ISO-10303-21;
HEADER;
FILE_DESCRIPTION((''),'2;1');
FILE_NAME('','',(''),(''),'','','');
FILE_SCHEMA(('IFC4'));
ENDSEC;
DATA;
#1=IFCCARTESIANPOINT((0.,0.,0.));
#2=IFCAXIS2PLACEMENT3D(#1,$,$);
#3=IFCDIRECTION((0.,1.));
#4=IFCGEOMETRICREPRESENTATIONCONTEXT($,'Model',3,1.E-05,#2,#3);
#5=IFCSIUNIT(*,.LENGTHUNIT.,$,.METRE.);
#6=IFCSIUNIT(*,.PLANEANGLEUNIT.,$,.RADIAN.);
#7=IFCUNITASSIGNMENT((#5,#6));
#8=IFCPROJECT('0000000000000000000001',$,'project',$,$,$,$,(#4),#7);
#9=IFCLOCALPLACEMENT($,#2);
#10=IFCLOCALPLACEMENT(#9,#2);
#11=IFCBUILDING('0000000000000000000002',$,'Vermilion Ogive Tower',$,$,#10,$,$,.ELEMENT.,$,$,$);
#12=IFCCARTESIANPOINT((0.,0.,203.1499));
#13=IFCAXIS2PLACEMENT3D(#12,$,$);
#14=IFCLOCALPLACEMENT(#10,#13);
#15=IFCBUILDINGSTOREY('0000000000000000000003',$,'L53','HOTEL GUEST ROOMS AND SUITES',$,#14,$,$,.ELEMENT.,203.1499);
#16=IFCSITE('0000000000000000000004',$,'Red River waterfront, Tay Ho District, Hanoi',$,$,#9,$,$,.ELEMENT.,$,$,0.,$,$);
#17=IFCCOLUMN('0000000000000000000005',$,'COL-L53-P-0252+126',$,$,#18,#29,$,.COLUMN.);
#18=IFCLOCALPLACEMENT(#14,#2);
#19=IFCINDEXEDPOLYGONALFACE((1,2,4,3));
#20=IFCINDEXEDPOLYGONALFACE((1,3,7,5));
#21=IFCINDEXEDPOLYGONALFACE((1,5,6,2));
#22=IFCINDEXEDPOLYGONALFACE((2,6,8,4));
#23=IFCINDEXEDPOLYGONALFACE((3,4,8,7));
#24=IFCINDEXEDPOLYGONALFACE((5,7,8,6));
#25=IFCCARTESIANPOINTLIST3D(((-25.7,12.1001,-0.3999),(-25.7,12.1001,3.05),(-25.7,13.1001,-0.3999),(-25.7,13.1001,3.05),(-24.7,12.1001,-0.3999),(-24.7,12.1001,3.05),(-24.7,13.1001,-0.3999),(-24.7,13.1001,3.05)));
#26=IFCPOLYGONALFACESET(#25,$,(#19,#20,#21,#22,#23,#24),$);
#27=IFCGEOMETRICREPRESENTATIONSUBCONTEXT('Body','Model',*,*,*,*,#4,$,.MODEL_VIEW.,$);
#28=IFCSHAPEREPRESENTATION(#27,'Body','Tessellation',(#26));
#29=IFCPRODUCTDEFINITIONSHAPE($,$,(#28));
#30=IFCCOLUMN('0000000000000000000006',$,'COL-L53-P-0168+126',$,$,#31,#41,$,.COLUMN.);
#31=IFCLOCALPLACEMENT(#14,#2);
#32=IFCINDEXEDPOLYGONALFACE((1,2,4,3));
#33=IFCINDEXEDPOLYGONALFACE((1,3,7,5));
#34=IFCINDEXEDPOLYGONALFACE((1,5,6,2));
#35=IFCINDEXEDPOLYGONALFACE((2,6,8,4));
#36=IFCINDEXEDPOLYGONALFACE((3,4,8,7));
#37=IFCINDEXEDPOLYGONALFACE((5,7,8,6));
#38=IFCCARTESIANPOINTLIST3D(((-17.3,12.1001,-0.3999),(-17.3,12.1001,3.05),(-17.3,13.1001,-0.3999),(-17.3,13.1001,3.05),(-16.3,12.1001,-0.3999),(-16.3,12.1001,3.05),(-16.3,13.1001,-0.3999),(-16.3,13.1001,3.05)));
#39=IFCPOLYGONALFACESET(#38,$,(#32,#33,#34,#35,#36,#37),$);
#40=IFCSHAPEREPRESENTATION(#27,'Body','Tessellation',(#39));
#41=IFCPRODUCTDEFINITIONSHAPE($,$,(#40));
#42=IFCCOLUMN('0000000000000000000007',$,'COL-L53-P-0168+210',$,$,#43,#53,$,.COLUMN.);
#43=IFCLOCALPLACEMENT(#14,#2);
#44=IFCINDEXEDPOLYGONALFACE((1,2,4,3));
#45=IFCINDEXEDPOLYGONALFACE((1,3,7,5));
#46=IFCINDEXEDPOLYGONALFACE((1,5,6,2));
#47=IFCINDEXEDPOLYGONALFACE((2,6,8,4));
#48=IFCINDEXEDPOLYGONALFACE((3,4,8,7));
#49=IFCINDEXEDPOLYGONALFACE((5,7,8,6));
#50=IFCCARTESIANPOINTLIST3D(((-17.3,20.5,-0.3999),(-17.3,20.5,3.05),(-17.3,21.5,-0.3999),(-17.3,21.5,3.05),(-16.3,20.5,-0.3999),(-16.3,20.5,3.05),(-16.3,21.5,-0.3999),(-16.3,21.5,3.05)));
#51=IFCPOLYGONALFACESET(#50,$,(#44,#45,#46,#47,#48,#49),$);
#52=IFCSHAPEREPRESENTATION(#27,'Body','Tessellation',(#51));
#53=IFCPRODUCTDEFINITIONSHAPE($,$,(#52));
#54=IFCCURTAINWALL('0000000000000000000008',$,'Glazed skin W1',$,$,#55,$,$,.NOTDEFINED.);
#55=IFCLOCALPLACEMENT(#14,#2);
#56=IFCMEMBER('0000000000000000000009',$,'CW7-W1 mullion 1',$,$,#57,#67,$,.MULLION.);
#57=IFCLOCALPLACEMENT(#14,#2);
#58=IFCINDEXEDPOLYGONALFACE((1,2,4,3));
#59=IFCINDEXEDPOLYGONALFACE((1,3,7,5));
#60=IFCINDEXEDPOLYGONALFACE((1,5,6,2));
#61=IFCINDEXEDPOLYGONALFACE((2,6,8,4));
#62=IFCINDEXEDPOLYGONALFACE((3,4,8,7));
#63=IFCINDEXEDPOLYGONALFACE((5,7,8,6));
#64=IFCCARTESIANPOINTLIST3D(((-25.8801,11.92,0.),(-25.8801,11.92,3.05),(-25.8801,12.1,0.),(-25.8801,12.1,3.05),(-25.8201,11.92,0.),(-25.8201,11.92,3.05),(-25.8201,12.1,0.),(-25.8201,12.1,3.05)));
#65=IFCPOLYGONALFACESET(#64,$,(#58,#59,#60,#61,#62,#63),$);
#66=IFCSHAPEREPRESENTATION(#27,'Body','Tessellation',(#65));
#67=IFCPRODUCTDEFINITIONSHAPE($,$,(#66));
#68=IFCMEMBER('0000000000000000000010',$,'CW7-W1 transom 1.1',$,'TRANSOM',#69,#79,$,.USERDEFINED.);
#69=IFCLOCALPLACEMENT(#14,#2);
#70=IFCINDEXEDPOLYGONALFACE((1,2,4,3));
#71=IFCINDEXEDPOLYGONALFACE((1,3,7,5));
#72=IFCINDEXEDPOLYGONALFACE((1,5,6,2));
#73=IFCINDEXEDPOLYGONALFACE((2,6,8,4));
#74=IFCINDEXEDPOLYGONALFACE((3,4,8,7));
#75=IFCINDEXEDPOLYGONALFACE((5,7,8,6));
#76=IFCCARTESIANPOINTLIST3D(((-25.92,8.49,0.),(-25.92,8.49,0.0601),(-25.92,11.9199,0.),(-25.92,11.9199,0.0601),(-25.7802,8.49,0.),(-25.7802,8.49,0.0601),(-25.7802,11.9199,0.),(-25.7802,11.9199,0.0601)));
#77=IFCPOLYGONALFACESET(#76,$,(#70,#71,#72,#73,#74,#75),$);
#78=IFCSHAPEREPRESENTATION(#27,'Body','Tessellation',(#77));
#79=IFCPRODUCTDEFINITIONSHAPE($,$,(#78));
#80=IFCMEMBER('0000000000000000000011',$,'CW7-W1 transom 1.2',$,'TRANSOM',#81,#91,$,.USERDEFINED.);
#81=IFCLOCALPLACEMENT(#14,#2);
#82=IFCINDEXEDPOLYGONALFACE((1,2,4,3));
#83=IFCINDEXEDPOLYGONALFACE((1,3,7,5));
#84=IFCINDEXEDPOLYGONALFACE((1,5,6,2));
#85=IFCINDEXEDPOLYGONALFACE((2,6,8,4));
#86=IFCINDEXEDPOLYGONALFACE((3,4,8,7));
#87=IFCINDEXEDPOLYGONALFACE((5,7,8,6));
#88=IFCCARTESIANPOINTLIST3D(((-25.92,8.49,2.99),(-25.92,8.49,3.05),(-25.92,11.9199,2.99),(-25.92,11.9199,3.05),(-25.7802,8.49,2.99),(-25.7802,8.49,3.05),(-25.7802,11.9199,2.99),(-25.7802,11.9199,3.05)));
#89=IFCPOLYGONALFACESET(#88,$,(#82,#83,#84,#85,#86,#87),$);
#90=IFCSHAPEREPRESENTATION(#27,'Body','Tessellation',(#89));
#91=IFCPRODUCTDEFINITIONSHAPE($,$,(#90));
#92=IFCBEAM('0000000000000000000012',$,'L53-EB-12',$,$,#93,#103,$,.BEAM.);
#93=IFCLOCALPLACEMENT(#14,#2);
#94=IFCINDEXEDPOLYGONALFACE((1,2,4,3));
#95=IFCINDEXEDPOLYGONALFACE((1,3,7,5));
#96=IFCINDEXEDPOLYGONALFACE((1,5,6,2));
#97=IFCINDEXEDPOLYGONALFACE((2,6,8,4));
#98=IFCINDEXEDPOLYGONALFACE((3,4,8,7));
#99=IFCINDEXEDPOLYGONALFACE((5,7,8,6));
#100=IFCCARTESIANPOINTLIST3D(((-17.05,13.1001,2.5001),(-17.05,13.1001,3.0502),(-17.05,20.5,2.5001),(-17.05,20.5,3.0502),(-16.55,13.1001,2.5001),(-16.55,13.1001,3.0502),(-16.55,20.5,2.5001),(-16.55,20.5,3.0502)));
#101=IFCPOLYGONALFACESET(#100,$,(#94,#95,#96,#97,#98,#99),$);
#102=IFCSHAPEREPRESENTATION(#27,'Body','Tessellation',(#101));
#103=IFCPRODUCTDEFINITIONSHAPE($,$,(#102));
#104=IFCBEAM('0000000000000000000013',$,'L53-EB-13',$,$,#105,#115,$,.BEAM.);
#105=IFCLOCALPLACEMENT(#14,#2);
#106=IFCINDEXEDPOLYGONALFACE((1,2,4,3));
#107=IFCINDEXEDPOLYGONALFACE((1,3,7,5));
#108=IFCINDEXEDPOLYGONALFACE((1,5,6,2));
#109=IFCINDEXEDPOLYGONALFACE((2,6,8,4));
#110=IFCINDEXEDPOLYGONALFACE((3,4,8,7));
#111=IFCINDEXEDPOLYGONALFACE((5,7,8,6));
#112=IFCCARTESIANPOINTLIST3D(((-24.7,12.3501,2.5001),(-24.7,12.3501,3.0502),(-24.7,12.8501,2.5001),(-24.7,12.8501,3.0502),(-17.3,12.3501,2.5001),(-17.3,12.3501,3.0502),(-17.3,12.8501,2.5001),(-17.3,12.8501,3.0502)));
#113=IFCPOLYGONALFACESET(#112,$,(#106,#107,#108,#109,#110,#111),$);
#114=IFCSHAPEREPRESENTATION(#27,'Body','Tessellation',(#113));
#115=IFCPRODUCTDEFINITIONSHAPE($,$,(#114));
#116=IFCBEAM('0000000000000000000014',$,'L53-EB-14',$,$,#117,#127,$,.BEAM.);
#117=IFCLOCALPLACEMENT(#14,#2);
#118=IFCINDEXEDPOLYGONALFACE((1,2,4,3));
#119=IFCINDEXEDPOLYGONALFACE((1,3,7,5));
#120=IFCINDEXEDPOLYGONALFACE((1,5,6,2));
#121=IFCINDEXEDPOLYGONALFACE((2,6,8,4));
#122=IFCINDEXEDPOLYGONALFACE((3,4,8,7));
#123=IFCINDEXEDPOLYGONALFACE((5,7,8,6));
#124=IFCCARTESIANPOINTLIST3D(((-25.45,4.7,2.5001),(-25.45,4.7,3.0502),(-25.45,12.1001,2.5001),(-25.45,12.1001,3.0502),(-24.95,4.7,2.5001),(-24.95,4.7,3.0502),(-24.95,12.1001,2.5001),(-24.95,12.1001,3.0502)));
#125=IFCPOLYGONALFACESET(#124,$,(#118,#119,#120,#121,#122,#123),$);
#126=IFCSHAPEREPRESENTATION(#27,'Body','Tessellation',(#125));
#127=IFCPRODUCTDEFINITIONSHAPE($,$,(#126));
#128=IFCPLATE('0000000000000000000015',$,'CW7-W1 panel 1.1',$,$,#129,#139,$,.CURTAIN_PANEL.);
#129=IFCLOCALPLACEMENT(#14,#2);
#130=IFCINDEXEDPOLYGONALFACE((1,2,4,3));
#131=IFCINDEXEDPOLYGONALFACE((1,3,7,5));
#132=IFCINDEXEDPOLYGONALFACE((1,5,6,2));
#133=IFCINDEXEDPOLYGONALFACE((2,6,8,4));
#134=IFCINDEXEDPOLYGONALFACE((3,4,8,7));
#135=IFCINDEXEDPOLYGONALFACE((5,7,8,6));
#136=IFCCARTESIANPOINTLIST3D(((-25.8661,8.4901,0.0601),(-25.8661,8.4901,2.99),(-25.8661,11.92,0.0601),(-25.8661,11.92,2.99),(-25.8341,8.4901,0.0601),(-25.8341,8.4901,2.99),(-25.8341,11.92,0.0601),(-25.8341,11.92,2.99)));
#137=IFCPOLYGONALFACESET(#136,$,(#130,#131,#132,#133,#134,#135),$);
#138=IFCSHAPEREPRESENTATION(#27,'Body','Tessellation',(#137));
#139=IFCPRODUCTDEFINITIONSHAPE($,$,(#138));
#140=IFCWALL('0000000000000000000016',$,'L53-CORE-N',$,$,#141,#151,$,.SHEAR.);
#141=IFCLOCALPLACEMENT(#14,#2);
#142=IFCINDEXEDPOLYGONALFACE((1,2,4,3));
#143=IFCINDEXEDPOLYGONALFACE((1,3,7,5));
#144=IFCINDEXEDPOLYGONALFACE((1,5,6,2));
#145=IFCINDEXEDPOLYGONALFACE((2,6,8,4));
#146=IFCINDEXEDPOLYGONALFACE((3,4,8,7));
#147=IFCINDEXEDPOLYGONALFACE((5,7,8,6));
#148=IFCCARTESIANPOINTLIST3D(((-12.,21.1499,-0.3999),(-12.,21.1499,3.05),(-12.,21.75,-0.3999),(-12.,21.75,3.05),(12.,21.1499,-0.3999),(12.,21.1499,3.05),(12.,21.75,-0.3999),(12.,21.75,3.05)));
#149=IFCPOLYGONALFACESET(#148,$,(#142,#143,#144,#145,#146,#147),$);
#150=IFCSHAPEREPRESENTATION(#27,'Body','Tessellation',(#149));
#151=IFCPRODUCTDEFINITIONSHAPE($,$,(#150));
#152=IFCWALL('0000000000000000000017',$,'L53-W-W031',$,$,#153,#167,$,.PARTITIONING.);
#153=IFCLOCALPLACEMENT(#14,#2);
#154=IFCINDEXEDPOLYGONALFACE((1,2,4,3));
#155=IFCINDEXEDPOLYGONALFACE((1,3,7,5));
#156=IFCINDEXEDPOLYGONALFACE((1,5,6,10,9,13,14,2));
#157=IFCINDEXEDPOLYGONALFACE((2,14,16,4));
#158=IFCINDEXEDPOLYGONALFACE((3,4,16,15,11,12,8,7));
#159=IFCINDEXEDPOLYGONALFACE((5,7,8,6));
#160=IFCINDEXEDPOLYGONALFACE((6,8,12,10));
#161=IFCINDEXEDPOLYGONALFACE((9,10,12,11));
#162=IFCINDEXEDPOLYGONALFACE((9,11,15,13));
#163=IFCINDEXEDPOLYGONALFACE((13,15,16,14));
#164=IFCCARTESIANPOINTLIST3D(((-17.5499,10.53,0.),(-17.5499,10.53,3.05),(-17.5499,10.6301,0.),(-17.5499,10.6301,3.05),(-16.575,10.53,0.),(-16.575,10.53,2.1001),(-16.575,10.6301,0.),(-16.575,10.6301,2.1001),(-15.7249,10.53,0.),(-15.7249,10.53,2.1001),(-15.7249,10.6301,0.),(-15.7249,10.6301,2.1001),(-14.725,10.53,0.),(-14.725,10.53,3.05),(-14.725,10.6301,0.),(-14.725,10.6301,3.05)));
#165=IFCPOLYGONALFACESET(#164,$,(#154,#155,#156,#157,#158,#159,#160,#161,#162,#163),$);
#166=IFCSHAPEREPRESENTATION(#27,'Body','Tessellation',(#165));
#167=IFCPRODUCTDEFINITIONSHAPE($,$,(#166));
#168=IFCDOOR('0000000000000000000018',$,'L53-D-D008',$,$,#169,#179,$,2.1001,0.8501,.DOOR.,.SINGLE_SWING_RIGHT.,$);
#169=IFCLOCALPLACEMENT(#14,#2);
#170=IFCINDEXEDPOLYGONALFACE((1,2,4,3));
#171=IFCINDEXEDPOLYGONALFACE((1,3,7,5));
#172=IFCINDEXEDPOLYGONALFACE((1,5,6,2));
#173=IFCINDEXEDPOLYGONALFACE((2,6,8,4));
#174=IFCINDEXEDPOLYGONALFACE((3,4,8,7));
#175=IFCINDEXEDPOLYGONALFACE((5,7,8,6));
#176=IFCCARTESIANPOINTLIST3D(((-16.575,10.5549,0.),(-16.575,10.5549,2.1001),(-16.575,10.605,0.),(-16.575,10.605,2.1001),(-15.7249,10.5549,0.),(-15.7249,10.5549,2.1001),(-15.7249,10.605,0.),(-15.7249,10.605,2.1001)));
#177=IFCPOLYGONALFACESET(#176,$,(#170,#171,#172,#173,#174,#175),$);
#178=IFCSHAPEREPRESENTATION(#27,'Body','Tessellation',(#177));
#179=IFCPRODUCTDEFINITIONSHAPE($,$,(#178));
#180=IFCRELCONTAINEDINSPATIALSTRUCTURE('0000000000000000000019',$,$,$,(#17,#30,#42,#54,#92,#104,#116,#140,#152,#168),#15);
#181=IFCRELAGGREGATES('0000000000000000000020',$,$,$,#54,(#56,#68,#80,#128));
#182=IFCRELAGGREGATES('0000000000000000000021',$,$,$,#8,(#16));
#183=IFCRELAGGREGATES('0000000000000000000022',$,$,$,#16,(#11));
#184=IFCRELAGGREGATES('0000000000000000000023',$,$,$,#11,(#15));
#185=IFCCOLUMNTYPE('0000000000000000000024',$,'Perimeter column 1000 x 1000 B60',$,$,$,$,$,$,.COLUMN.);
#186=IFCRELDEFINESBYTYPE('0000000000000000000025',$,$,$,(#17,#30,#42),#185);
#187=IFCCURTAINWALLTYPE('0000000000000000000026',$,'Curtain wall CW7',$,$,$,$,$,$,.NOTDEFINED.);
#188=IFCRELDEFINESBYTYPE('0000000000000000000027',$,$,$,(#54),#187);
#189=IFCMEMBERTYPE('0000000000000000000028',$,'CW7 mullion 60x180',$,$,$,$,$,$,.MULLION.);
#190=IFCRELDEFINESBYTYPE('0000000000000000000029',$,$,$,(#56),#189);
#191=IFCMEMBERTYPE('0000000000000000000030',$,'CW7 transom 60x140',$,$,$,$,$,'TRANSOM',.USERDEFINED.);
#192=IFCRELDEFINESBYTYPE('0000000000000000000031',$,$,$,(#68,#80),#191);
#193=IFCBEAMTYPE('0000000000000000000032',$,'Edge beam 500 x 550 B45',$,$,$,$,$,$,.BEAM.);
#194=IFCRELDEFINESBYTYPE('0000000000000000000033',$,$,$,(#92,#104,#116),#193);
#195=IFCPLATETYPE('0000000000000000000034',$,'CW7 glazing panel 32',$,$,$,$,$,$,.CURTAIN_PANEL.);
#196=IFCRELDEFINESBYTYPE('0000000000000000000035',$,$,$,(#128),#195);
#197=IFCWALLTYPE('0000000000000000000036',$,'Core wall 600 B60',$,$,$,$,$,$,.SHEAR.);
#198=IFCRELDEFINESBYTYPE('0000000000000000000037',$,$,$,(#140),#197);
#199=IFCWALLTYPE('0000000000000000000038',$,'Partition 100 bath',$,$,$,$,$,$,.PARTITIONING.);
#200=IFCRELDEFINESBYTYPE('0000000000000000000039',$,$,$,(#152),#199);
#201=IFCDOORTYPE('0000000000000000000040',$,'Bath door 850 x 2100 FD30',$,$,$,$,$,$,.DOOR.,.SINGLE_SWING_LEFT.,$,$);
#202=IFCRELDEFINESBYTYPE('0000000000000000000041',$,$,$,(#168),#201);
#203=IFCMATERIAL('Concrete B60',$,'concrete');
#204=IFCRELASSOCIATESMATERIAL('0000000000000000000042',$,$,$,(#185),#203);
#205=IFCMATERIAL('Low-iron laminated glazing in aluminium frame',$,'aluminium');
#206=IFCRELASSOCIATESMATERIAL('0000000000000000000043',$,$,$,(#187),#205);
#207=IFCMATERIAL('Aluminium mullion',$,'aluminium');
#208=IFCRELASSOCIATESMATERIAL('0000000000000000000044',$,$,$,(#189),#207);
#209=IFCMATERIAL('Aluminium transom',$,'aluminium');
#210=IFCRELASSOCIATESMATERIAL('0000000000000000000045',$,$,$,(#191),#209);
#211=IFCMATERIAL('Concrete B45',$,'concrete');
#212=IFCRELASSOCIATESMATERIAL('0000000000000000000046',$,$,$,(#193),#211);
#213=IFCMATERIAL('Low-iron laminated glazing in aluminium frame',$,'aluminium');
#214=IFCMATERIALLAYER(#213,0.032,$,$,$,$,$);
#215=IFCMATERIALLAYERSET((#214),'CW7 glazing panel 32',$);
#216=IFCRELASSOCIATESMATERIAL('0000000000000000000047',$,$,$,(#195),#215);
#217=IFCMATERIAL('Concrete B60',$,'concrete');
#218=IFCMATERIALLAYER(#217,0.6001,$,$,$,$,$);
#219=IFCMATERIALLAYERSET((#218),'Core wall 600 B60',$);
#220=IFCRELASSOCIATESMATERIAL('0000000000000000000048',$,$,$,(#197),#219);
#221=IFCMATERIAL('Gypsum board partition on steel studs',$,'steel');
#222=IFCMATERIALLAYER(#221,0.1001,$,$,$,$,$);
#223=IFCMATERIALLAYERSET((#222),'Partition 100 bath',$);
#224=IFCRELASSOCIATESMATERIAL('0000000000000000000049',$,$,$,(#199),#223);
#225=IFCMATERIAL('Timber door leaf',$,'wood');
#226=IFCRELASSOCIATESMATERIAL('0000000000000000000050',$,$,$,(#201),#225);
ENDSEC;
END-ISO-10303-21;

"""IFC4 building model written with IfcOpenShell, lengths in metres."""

from ifc_helpers import new_model, si_unit, direction, frame, frame_2d, origin, origin_2d, place, context, subcontext, project, spatial, rectangle, extrude, material, layer, layer_set, material_profile, profile_set, type_object, element, fill, aggregate, save


model = new_model("IFC4")

# Units and contexts
model_context = context("Model", 3, precision=1e-05, world=origin(), true_north=direction((0.0, 1.0)))
body_context = subcontext(model_context, "Body", "Model", "MODEL_VIEW")
ifc_project = project(units=[si_unit("LENGTHUNIT", "METRE"), si_unit("PLANEANGLEUNIT", "RADIAN")], contexts=[model_context])

# Site, building, storey
site_placement = place(None, origin())
site = spatial("IfcSite", under=ifc_project, at=site_placement, Name="Red River waterfront, Tay Ho District, Hanoi", CompositionType="ELEMENT", RefElevation=0.0)
building_placement = place(site_placement, origin())
building = spatial("IfcBuilding", under=site, at=building_placement, Name="Vermilion Ogive Tower", CompositionType="ELEMENT")
storey_placement = place(building_placement, frame((0.0, 0.0, 203.1499)))
storey = spatial("IfcBuildingStorey", under=building, at=storey_placement, Name="L53", Description="HOTEL GUEST ROOMS AND SUITES", CompositionType="ELEMENT", Elevation=203.1499)

# Columns
ifc_material_1 = material(Name="Concrete B60", Category="concrete")
ifc_material_profile_1 = material_profile(ifc_material_1, rectangle(XDim=1.0, YDim=1.0, at=origin_2d()), Name="1000 x 1000")
ifc_profile_set_1 = profile_set([ifc_material_profile_1], Name="Concrete B60")
column_type = type_object("IfcColumnType", Name="Perimeter column 1000 x 1000 B60", PredefinedType="COLUMN", material=ifc_profile_set_1)
for number, where, z_axis, x_axis, name in (
    (1, (-25.2, 12.6001, -0.3999), (0.0, 0.0, 1.0), (1.0, 0.0, 0.0), "COL-L53-P-0252+126"),
    (2, (-16.8, 12.6001, -0.3999), (0.0, 0.0, 1.0), (1.0, 0.0, 0.0), "COL-L53-P-0168+126"),
    (3, (-16.8, 21.0, -0.3999), (0.0, 0.0, 1.0), (1.0, 0.0, 0.0), "COL-L53-P-0168+210"),
):
    element("IfcColumn", number, at=place(storey_placement, frame(where, z_axis=z_axis, x_axis=x_axis)), inside=storey, type_object=column_type, Name=name, PredefinedType="COLUMN", context=body_context, shape_type="SweptSolid", body=[
        extrude(rectangle(XDim=1.0, YDim=1.0, at=origin_2d()), origin(), (0.0, 0.0, 1.0), 3.45),
    ])

# Curtain wall, members
ifc_material_2 = material(Name="Low-iron laminated glazing in aluminium frame", Category="aluminium")
curtain_wall_type = type_object("IfcCurtainWallType", Name="Curtain wall CW7", PredefinedType="NOTDEFINED", material=ifc_material_2)
curtain_wall_placement = place(storey_placement, origin())
curtain_wall = element("IfcCurtainWall", 4, at=curtain_wall_placement, inside=storey, type_object=curtain_wall_type, Name="Glazed skin W1", PredefinedType="NOTDEFINED")
ifc_material_3 = material(Name="Aluminium mullion", Category="aluminium")
ifc_material_profile_2 = material_profile(ifc_material_3, rectangle(XDim=0.0601, YDim=0.1799, at=origin_2d()), Name="AL 60x180")
ifc_profile_set_2 = profile_set([ifc_material_profile_2], Name="Aluminium mullion")
member_type_1 = type_object("IfcMemberType", Name="CW7 mullion 60x180", PredefinedType="MULLION", material=ifc_profile_set_2)
member_1_placement = place(storey_placement, frame((-25.8501, 12.01, 0.0), z_axis=(0.0, 0.0, 1.0), x_axis=(1.0, 0.0, 0.0)))
member_1 = element("IfcMember", 5, at=member_1_placement, type_object=member_type_1, Name="CW7-W1 mullion 1", PredefinedType="MULLION", context=body_context, shape_type="SweptSolid", body=[
    extrude(rectangle(XDim=0.0601, YDim=0.1799, at=origin_2d()), origin(), (0.0, 0.0, 1.0), 3.05),
])
ifc_material_4 = material(Name="Aluminium transom", Category="aluminium")
ifc_material_profile_3 = material_profile(ifc_material_4, rectangle(XDim=0.1399, YDim=0.0601, at=origin_2d()), Name="AL 60x140")
ifc_profile_set_3 = profile_set([ifc_material_profile_3], Name="Aluminium transom")
member_type_2 = type_object("IfcMemberType", Name="CW7 transom 60x140", ElementType="TRANSOM", PredefinedType="USERDEFINED", material=ifc_profile_set_3)
member_2_placement = place(storey_placement, frame((-25.8501, 11.9199, 0.03), z_axis=(0.0, -1.0, 0.0), x_axis=(1.0, 0.0, 0.0)))
member_2 = element("IfcMember", 6, at=member_2_placement, type_object=member_type_2, Name="CW7-W1 transom 1.1", ObjectType="TRANSOM", PredefinedType="USERDEFINED", context=body_context, shape_type="SweptSolid", body=[
    extrude(rectangle(XDim=0.1399, YDim=0.0601, at=origin_2d()), origin(), (0.0, 0.0, 1.0), 3.4299),
])
member_3_placement = place(storey_placement, frame((-25.8501, 11.9199, 3.02), z_axis=(0.0, -1.0, 0.0), x_axis=(1.0, 0.0, 0.0)))
member_3 = element("IfcMember", 7, at=member_3_placement, type_object=member_type_2, Name="CW7-W1 transom 1.2", ObjectType="TRANSOM", PredefinedType="USERDEFINED", context=body_context, shape_type="SweptSolid", body=[
    extrude(rectangle(XDim=0.1399, YDim=0.0601, at=origin_2d()), origin(), (0.0, 0.0, 1.0), 3.4299),
])

# Beams
ifc_material_5 = material(Name="Concrete B45", Category="concrete")
ifc_material_profile_4 = material_profile(ifc_material_5, rectangle(XDim=0.5, YDim=0.55, at=origin_2d()), Name="500 x 550")
ifc_profile_set_4 = profile_set([ifc_material_profile_4], Name="Concrete B45")
beam_type = type_object("IfcBeamType", Name="Edge beam 500 x 550 B45", PredefinedType="BEAM", material=ifc_profile_set_4)
for number, where, z_axis, x_axis, name in (
    (8, (-16.8, 20.5, 2.7751), (0.0, -1.0, 0.0), (1.0, 0.0, 0.0), "L53-EB-12"),
    (9, (-17.3, 12.6001, 2.7751), (-1.0, 0.0, 0.0), (0.0, -1.0, 0.0), "L53-EB-13"),
):
    element("IfcBeam", number, at=place(storey_placement, frame(where, z_axis=z_axis, x_axis=x_axis)), inside=storey, type_object=beam_type, Name=name, PredefinedType="BEAM", context=body_context, shape_type="SweptSolid", body=[
        extrude(rectangle(XDim=0.5, YDim=0.55, at=origin_2d()), origin(), (0.0, 0.0, 1.0), 7.3999),
    ])
beam_placement = place(storey_placement, frame((-25.2, 12.1001, 2.7751), z_axis=(0.0, -1.0, 0.0), x_axis=(1.0, 0.0, 0.0)))
element("IfcBeam", 10, at=beam_placement, inside=storey, type_object=beam_type, Name="L53-EB-14", PredefinedType="BEAM", context=body_context, shape_type="SweptSolid", body=[
    extrude(rectangle(XDim=0.5, YDim=0.55, at=origin_2d()), origin(), (0.0, 0.0, 1.0), 7.4001),
])

# Plate
ifc_material_6 = material(Name="Low-iron laminated glazing in aluminium frame", Category="aluminium")
ifc_layer_1 = layer(ifc_material_6, 0.032)
ifc_layer_set_1 = layer_set([ifc_layer_1], Name="CW7 glazing panel 32")
plate_type = type_object("IfcPlateType", Name="CW7 glazing panel 32", PredefinedType="CURTAIN_PANEL", material=ifc_layer_set_1)
plate_placement = place(storey_placement, frame((-25.8501, 10.2051, 0.0601), z_axis=(0.0, 0.0, 1.0), x_axis=(0.0, -1.0, 0.0)))
plate = element("IfcPlate", 11, at=plate_placement, type_object=plate_type, Name="CW7-W1 panel 1.1", PredefinedType="CURTAIN_PANEL", context=body_context, shape_type="SweptSolid", body=[
    extrude(rectangle(XDim=3.4299, YDim=0.032, at=origin_2d()), origin(), (0.0, 0.0, 1.0), 2.9299),
])
aggregate(curtain_wall, [member_1, member_2, member_3, plate])

# Wall
ifc_material_7 = material(Name="Concrete B60", Category="concrete")
ifc_layer_2 = layer(ifc_material_7, 0.6001)
ifc_layer_set_2 = layer_set([ifc_layer_2], Name="Core wall 600 B60")
wall_type_1 = type_object("IfcWallType", Name="Core wall 600 B60", PredefinedType="SHEAR", material=ifc_layer_set_2)
wall_1_placement = place(storey_placement, frame((-12.0, 21.45, -0.3999), z_axis=(0.0, 0.0, 1.0), x_axis=(1.0, 0.0, 0.0)))
element("IfcWall", 12, at=wall_1_placement, inside=storey, type_object=wall_type_1, Name="L53-CORE-N", PredefinedType="SHEAR", context=body_context, shape_type="SweptSolid", body=[
    extrude(rectangle(XDim=24.0, YDim=0.6001, at=frame_2d((12.0, 0.0))), origin(), (0.0, 0.0, 1.0), 3.45),
])

# Wall, opening, door
ifc_material_8 = material(Name="Gypsum board partition on steel studs", Category="steel")
ifc_layer_3 = layer(ifc_material_8, 0.1001)
ifc_layer_set_3 = layer_set([ifc_layer_3], Name="Partition 100 bath")
wall_type_2 = type_object("IfcWallType", Name="Partition 100 bath", PredefinedType="PARTITIONING", material=ifc_layer_set_3)
wall_2_placement = place(storey_placement, frame((-17.55, 10.5801, 0.0), z_axis=(0.0, 0.0, 1.0), x_axis=(1.0, 0.0, 0.0)))
wall_2 = element("IfcWall", 13, at=wall_2_placement, inside=storey, type_object=wall_type_2, Name="L53-W-W031", PredefinedType="PARTITIONING", context=body_context, shape_type="SweptSolid", body=[
    extrude(rectangle(XDim=2.825, YDim=0.1001, at=frame_2d((1.4126, 0.0))), origin(), (0.0, 0.0, 1.0), 3.05),
])
opening_1_placement = place(wall_2_placement, frame((0.9751, 0.0, 0.0)))
opening_1 = element("IfcOpeningElement", 14, at=opening_1_placement, cuts=wall_2, PredefinedType="OPENING", context=body_context, shape_type="SweptSolid", body=[
    extrude(rectangle(XDim=0.8501, YDim=2.1001, at=frame_2d((0.425, 1.05))), frame((0.0, 0.0601, 0.0), z_axis=(0.0, -1.0, 0.0), x_axis=(1.0, 0.0, 0.0)), (0.0, 0.0, 1.0), 0.1201),
])
ifc_material_9 = material(Name="Timber door leaf", Category="wood")
door_type_1 = type_object("IfcDoorType", Name="Bath door 850 x 2100 FD30", OperationType="SINGLE_SWING_LEFT", PredefinedType="DOOR", material=ifc_material_9)
door_1_placement = place(opening_1_placement, origin())
door_1 = element("IfcDoor", 15, at=door_1_placement, inside=storey, type_object=door_type_1, Name="L53-D-D008", OperationType="SINGLE_SWING_RIGHT", OverallHeight=2.1001, OverallWidth=0.8501, PredefinedType="DOOR", context=body_context, shape_type="SweptSolid", body=[
    extrude(rectangle(XDim=0.8501, YDim=2.1001, at=frame_2d((0.425, 1.05))), frame((0.0, 0.0249, 0.0), z_axis=(0.0, -1.0, 0.0), x_axis=(1.0, 0.0, 0.0)), (0.0, 0.0, 1.0), 0.05),
])
fill(opening_1, door_1)

save(model, "model.ifc")
